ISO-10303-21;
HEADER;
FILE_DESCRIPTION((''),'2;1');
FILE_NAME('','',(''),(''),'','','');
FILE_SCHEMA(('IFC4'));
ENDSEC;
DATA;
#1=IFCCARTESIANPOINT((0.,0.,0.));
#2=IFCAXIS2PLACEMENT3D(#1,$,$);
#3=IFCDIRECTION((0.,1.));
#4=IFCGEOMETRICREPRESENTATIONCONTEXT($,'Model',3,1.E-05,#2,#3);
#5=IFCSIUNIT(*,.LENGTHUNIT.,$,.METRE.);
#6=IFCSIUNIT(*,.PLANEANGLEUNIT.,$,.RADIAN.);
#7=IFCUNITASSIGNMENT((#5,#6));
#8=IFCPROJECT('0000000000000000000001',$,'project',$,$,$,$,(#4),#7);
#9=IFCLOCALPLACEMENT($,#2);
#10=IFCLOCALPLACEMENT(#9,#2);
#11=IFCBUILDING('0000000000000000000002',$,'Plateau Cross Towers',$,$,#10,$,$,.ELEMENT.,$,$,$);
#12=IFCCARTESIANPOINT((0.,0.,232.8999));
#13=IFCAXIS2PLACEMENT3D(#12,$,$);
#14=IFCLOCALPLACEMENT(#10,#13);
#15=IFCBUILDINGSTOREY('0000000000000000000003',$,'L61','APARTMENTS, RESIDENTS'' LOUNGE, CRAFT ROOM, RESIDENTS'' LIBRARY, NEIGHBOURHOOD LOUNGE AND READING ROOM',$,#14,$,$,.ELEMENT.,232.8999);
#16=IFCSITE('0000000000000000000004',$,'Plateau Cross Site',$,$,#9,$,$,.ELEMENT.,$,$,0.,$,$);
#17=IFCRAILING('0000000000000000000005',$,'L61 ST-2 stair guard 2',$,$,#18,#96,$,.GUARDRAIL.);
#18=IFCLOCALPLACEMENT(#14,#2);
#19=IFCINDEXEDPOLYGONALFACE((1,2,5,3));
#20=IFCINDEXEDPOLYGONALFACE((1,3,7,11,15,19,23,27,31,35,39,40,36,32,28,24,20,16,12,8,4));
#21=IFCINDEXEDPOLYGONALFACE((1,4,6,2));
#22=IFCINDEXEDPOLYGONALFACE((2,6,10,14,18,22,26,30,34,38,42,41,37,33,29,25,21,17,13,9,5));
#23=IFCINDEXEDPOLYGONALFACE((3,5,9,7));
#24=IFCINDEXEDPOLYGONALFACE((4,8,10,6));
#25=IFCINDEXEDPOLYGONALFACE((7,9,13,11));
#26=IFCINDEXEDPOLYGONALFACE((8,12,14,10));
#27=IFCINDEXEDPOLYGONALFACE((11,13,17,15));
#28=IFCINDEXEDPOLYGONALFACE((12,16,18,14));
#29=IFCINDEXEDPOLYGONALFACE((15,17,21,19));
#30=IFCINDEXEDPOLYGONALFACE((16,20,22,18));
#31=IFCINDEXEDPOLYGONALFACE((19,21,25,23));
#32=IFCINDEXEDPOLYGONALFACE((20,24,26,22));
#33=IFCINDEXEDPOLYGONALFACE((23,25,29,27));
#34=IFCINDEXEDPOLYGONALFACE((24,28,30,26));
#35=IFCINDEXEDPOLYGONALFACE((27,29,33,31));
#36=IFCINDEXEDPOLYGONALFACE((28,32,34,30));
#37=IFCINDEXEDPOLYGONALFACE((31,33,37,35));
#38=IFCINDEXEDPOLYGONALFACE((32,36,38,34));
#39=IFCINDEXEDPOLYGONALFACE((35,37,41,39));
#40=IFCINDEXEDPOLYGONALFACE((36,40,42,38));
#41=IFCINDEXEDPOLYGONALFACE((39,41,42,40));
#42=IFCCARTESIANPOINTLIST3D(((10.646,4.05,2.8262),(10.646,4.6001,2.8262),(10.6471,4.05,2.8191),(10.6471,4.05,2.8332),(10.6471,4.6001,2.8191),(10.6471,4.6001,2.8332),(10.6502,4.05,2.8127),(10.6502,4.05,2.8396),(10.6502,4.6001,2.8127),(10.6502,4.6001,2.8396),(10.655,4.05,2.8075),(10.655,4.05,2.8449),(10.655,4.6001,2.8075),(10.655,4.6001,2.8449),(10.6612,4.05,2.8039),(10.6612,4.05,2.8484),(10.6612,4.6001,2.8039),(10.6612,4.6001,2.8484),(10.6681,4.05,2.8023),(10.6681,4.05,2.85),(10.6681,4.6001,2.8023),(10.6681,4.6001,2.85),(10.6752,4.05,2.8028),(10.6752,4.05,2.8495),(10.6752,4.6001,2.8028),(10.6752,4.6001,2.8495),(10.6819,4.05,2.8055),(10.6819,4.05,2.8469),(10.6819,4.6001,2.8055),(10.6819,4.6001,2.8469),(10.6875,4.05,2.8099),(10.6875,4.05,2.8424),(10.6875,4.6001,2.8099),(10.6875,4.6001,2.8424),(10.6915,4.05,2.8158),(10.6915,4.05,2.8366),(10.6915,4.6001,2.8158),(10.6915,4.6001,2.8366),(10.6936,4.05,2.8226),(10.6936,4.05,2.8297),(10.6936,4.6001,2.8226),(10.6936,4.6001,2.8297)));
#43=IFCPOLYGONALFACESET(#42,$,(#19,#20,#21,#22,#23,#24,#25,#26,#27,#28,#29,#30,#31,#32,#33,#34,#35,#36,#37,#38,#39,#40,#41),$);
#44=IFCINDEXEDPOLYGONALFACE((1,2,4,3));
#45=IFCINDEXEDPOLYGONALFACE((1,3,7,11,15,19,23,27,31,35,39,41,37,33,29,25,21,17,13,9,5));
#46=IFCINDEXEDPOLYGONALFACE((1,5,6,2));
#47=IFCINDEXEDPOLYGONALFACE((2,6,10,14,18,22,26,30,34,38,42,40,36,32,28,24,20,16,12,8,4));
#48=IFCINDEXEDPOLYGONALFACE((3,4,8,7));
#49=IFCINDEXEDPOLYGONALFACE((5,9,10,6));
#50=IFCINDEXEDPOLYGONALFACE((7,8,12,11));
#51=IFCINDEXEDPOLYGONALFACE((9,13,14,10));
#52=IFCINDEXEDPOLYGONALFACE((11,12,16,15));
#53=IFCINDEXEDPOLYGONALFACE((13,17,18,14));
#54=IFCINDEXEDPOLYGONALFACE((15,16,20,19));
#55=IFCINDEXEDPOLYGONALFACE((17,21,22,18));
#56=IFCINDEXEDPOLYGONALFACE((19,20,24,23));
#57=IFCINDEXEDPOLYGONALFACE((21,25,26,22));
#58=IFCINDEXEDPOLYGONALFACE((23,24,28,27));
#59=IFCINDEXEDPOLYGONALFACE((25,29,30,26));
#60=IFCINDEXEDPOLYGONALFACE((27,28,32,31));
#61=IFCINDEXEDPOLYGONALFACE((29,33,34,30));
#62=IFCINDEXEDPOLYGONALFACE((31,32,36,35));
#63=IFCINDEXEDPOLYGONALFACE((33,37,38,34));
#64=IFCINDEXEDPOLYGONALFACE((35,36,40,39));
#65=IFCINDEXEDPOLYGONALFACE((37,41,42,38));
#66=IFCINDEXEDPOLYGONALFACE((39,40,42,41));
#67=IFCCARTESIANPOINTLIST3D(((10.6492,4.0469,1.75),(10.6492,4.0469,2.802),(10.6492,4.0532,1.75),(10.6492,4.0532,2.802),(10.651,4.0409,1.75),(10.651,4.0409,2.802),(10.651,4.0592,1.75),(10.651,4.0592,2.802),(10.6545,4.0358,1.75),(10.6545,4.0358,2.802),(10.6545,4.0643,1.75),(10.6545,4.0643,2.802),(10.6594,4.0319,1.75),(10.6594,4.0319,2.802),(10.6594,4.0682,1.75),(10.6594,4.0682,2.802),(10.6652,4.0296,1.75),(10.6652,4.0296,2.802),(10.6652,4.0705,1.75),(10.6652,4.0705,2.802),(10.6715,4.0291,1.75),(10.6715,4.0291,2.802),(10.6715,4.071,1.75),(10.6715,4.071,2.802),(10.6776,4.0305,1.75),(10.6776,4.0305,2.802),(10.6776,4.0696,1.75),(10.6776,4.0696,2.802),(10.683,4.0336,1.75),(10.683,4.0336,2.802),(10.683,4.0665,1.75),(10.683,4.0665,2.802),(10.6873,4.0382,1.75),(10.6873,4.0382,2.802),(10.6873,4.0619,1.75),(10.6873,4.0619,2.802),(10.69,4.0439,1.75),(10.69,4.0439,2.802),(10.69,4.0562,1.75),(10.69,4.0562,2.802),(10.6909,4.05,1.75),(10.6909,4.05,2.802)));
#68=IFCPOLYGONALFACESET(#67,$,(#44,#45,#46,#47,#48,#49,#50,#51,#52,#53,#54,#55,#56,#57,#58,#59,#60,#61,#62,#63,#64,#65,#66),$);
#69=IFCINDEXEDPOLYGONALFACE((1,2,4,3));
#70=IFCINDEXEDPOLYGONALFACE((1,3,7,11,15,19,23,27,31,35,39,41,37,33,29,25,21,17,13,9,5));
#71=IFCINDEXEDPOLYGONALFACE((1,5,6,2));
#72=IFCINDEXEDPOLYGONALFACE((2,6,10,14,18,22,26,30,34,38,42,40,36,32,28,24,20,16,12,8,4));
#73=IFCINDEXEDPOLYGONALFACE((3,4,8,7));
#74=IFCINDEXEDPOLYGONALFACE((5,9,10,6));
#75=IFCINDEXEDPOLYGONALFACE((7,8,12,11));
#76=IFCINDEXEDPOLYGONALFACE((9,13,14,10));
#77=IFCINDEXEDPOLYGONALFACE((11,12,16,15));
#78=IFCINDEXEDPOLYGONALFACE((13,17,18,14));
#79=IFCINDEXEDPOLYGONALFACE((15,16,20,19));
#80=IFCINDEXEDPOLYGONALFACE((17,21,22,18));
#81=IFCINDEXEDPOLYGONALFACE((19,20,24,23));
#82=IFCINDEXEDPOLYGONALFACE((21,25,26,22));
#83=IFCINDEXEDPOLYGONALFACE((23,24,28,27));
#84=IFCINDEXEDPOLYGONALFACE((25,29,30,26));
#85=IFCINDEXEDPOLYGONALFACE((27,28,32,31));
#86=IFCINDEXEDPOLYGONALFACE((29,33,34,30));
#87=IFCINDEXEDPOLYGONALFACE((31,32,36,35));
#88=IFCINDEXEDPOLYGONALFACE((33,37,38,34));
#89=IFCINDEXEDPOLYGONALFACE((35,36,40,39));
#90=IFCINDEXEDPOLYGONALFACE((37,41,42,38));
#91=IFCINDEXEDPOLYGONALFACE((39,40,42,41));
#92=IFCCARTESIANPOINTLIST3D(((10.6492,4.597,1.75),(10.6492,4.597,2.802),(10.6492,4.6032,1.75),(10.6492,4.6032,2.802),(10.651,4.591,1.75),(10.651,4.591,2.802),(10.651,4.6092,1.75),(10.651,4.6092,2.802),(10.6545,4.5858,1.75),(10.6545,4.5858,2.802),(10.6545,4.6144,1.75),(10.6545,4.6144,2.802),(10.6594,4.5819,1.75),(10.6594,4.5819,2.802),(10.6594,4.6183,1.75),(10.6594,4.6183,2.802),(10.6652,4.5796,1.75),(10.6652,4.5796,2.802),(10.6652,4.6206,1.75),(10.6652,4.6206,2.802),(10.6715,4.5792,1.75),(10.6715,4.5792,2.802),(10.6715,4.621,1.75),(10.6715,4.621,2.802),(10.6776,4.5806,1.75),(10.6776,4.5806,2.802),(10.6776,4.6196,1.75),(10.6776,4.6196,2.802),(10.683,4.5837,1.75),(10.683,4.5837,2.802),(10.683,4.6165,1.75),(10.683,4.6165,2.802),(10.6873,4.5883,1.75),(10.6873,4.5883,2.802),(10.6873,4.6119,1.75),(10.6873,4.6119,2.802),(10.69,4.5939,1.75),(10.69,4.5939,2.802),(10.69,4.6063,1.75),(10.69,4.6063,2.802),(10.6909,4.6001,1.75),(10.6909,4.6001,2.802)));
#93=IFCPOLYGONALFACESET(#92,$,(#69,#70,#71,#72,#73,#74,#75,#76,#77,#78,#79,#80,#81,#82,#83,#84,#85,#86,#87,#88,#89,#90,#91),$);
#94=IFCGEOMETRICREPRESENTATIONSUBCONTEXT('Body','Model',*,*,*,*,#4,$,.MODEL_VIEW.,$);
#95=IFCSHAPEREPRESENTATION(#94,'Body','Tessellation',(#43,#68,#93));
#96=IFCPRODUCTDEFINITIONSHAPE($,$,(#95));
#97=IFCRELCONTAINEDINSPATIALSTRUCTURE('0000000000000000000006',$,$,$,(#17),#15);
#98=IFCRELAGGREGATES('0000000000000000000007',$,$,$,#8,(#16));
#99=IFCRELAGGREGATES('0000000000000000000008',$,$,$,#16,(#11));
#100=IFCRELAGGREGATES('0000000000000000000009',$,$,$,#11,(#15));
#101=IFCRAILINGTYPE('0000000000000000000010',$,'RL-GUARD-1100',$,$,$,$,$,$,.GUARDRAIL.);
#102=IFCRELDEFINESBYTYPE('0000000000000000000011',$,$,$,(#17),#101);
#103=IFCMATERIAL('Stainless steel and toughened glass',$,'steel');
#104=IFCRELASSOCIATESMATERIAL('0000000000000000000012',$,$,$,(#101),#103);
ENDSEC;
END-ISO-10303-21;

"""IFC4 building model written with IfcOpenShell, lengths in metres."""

from ifc_helpers import new_model, si_unit, direction, frame, origin, origin_2d, place, context, subcontext, project, spatial, circle, extrude, material, type_object, element, save


model = new_model("IFC4")

# Units and contexts
model_context = context("Model", 3, precision=1e-05, world=origin(), true_north=direction((0.0, 1.0)))
body_context = subcontext(model_context, "Body", "Model", "MODEL_VIEW")
ifc_project = project(units=[si_unit("LENGTHUNIT", "METRE"), si_unit("PLANEANGLEUNIT", "RADIAN")], contexts=[model_context])

# Site, building, storey
site_placement = place(None, origin())
site = spatial("IfcSite", under=ifc_project, at=site_placement, Name="Plateau Cross Site", CompositionType="ELEMENT", RefElevation=0.0)
building_placement = place(site_placement, origin())
building = spatial("IfcBuilding", under=site, at=building_placement, Name="Plateau Cross Towers", CompositionType="ELEMENT")
storey_placement = place(building_placement, frame((0.0, 0.0, 232.8999)))
storey = spatial("IfcBuildingStorey", under=building, at=storey_placement, Name="L61", Description="APARTMENTS, RESIDENTS' LOUNGE, CRAFT ROOM, RESIDENTS' LIBRARY, NEIGHBOURHOOD LOUNGE AND READING ROOM", CompositionType="ELEMENT", Elevation=232.8999)

# Railing
ifc_material_1 = material(Name="Stainless steel and toughened glass", Category="steel")
railing_type_1 = type_object("IfcRailingType", Name="RL-GUARD-1100", PredefinedType="GUARDRAIL", material=ifc_material_1)
railing_1_placement = place(storey_placement, frame((10.6699, 4.05, 1.75)))
element("IfcRailing", 1, at=railing_1_placement, inside=storey, type_object=railing_type_1, Name="L61 ST-2 stair guard 2", PredefinedType="GUARDRAIL", context=body_context, shape_type="SweptSolid", body=[
    extrude(circle(Radius=0.0239, at=origin_2d()), frame((0.0, 0.0, 1.0762), z_axis=(0.0, 1.0, 0.0), x_axis=(-1.0, 0.0, 0.0)), (0.0, 0.0, 1.0), 0.55),
    extrude(circle(Radius=0.021, at=origin_2d()), origin(), (0.0, 0.0, 1.0), 1.052),
    extrude(circle(Radius=0.021, at=origin_2d()), frame((0.0, 0.55, 0.0)), (0.0, 0.0, 1.0), 1.052),
])

save(model, "model.ifc")
